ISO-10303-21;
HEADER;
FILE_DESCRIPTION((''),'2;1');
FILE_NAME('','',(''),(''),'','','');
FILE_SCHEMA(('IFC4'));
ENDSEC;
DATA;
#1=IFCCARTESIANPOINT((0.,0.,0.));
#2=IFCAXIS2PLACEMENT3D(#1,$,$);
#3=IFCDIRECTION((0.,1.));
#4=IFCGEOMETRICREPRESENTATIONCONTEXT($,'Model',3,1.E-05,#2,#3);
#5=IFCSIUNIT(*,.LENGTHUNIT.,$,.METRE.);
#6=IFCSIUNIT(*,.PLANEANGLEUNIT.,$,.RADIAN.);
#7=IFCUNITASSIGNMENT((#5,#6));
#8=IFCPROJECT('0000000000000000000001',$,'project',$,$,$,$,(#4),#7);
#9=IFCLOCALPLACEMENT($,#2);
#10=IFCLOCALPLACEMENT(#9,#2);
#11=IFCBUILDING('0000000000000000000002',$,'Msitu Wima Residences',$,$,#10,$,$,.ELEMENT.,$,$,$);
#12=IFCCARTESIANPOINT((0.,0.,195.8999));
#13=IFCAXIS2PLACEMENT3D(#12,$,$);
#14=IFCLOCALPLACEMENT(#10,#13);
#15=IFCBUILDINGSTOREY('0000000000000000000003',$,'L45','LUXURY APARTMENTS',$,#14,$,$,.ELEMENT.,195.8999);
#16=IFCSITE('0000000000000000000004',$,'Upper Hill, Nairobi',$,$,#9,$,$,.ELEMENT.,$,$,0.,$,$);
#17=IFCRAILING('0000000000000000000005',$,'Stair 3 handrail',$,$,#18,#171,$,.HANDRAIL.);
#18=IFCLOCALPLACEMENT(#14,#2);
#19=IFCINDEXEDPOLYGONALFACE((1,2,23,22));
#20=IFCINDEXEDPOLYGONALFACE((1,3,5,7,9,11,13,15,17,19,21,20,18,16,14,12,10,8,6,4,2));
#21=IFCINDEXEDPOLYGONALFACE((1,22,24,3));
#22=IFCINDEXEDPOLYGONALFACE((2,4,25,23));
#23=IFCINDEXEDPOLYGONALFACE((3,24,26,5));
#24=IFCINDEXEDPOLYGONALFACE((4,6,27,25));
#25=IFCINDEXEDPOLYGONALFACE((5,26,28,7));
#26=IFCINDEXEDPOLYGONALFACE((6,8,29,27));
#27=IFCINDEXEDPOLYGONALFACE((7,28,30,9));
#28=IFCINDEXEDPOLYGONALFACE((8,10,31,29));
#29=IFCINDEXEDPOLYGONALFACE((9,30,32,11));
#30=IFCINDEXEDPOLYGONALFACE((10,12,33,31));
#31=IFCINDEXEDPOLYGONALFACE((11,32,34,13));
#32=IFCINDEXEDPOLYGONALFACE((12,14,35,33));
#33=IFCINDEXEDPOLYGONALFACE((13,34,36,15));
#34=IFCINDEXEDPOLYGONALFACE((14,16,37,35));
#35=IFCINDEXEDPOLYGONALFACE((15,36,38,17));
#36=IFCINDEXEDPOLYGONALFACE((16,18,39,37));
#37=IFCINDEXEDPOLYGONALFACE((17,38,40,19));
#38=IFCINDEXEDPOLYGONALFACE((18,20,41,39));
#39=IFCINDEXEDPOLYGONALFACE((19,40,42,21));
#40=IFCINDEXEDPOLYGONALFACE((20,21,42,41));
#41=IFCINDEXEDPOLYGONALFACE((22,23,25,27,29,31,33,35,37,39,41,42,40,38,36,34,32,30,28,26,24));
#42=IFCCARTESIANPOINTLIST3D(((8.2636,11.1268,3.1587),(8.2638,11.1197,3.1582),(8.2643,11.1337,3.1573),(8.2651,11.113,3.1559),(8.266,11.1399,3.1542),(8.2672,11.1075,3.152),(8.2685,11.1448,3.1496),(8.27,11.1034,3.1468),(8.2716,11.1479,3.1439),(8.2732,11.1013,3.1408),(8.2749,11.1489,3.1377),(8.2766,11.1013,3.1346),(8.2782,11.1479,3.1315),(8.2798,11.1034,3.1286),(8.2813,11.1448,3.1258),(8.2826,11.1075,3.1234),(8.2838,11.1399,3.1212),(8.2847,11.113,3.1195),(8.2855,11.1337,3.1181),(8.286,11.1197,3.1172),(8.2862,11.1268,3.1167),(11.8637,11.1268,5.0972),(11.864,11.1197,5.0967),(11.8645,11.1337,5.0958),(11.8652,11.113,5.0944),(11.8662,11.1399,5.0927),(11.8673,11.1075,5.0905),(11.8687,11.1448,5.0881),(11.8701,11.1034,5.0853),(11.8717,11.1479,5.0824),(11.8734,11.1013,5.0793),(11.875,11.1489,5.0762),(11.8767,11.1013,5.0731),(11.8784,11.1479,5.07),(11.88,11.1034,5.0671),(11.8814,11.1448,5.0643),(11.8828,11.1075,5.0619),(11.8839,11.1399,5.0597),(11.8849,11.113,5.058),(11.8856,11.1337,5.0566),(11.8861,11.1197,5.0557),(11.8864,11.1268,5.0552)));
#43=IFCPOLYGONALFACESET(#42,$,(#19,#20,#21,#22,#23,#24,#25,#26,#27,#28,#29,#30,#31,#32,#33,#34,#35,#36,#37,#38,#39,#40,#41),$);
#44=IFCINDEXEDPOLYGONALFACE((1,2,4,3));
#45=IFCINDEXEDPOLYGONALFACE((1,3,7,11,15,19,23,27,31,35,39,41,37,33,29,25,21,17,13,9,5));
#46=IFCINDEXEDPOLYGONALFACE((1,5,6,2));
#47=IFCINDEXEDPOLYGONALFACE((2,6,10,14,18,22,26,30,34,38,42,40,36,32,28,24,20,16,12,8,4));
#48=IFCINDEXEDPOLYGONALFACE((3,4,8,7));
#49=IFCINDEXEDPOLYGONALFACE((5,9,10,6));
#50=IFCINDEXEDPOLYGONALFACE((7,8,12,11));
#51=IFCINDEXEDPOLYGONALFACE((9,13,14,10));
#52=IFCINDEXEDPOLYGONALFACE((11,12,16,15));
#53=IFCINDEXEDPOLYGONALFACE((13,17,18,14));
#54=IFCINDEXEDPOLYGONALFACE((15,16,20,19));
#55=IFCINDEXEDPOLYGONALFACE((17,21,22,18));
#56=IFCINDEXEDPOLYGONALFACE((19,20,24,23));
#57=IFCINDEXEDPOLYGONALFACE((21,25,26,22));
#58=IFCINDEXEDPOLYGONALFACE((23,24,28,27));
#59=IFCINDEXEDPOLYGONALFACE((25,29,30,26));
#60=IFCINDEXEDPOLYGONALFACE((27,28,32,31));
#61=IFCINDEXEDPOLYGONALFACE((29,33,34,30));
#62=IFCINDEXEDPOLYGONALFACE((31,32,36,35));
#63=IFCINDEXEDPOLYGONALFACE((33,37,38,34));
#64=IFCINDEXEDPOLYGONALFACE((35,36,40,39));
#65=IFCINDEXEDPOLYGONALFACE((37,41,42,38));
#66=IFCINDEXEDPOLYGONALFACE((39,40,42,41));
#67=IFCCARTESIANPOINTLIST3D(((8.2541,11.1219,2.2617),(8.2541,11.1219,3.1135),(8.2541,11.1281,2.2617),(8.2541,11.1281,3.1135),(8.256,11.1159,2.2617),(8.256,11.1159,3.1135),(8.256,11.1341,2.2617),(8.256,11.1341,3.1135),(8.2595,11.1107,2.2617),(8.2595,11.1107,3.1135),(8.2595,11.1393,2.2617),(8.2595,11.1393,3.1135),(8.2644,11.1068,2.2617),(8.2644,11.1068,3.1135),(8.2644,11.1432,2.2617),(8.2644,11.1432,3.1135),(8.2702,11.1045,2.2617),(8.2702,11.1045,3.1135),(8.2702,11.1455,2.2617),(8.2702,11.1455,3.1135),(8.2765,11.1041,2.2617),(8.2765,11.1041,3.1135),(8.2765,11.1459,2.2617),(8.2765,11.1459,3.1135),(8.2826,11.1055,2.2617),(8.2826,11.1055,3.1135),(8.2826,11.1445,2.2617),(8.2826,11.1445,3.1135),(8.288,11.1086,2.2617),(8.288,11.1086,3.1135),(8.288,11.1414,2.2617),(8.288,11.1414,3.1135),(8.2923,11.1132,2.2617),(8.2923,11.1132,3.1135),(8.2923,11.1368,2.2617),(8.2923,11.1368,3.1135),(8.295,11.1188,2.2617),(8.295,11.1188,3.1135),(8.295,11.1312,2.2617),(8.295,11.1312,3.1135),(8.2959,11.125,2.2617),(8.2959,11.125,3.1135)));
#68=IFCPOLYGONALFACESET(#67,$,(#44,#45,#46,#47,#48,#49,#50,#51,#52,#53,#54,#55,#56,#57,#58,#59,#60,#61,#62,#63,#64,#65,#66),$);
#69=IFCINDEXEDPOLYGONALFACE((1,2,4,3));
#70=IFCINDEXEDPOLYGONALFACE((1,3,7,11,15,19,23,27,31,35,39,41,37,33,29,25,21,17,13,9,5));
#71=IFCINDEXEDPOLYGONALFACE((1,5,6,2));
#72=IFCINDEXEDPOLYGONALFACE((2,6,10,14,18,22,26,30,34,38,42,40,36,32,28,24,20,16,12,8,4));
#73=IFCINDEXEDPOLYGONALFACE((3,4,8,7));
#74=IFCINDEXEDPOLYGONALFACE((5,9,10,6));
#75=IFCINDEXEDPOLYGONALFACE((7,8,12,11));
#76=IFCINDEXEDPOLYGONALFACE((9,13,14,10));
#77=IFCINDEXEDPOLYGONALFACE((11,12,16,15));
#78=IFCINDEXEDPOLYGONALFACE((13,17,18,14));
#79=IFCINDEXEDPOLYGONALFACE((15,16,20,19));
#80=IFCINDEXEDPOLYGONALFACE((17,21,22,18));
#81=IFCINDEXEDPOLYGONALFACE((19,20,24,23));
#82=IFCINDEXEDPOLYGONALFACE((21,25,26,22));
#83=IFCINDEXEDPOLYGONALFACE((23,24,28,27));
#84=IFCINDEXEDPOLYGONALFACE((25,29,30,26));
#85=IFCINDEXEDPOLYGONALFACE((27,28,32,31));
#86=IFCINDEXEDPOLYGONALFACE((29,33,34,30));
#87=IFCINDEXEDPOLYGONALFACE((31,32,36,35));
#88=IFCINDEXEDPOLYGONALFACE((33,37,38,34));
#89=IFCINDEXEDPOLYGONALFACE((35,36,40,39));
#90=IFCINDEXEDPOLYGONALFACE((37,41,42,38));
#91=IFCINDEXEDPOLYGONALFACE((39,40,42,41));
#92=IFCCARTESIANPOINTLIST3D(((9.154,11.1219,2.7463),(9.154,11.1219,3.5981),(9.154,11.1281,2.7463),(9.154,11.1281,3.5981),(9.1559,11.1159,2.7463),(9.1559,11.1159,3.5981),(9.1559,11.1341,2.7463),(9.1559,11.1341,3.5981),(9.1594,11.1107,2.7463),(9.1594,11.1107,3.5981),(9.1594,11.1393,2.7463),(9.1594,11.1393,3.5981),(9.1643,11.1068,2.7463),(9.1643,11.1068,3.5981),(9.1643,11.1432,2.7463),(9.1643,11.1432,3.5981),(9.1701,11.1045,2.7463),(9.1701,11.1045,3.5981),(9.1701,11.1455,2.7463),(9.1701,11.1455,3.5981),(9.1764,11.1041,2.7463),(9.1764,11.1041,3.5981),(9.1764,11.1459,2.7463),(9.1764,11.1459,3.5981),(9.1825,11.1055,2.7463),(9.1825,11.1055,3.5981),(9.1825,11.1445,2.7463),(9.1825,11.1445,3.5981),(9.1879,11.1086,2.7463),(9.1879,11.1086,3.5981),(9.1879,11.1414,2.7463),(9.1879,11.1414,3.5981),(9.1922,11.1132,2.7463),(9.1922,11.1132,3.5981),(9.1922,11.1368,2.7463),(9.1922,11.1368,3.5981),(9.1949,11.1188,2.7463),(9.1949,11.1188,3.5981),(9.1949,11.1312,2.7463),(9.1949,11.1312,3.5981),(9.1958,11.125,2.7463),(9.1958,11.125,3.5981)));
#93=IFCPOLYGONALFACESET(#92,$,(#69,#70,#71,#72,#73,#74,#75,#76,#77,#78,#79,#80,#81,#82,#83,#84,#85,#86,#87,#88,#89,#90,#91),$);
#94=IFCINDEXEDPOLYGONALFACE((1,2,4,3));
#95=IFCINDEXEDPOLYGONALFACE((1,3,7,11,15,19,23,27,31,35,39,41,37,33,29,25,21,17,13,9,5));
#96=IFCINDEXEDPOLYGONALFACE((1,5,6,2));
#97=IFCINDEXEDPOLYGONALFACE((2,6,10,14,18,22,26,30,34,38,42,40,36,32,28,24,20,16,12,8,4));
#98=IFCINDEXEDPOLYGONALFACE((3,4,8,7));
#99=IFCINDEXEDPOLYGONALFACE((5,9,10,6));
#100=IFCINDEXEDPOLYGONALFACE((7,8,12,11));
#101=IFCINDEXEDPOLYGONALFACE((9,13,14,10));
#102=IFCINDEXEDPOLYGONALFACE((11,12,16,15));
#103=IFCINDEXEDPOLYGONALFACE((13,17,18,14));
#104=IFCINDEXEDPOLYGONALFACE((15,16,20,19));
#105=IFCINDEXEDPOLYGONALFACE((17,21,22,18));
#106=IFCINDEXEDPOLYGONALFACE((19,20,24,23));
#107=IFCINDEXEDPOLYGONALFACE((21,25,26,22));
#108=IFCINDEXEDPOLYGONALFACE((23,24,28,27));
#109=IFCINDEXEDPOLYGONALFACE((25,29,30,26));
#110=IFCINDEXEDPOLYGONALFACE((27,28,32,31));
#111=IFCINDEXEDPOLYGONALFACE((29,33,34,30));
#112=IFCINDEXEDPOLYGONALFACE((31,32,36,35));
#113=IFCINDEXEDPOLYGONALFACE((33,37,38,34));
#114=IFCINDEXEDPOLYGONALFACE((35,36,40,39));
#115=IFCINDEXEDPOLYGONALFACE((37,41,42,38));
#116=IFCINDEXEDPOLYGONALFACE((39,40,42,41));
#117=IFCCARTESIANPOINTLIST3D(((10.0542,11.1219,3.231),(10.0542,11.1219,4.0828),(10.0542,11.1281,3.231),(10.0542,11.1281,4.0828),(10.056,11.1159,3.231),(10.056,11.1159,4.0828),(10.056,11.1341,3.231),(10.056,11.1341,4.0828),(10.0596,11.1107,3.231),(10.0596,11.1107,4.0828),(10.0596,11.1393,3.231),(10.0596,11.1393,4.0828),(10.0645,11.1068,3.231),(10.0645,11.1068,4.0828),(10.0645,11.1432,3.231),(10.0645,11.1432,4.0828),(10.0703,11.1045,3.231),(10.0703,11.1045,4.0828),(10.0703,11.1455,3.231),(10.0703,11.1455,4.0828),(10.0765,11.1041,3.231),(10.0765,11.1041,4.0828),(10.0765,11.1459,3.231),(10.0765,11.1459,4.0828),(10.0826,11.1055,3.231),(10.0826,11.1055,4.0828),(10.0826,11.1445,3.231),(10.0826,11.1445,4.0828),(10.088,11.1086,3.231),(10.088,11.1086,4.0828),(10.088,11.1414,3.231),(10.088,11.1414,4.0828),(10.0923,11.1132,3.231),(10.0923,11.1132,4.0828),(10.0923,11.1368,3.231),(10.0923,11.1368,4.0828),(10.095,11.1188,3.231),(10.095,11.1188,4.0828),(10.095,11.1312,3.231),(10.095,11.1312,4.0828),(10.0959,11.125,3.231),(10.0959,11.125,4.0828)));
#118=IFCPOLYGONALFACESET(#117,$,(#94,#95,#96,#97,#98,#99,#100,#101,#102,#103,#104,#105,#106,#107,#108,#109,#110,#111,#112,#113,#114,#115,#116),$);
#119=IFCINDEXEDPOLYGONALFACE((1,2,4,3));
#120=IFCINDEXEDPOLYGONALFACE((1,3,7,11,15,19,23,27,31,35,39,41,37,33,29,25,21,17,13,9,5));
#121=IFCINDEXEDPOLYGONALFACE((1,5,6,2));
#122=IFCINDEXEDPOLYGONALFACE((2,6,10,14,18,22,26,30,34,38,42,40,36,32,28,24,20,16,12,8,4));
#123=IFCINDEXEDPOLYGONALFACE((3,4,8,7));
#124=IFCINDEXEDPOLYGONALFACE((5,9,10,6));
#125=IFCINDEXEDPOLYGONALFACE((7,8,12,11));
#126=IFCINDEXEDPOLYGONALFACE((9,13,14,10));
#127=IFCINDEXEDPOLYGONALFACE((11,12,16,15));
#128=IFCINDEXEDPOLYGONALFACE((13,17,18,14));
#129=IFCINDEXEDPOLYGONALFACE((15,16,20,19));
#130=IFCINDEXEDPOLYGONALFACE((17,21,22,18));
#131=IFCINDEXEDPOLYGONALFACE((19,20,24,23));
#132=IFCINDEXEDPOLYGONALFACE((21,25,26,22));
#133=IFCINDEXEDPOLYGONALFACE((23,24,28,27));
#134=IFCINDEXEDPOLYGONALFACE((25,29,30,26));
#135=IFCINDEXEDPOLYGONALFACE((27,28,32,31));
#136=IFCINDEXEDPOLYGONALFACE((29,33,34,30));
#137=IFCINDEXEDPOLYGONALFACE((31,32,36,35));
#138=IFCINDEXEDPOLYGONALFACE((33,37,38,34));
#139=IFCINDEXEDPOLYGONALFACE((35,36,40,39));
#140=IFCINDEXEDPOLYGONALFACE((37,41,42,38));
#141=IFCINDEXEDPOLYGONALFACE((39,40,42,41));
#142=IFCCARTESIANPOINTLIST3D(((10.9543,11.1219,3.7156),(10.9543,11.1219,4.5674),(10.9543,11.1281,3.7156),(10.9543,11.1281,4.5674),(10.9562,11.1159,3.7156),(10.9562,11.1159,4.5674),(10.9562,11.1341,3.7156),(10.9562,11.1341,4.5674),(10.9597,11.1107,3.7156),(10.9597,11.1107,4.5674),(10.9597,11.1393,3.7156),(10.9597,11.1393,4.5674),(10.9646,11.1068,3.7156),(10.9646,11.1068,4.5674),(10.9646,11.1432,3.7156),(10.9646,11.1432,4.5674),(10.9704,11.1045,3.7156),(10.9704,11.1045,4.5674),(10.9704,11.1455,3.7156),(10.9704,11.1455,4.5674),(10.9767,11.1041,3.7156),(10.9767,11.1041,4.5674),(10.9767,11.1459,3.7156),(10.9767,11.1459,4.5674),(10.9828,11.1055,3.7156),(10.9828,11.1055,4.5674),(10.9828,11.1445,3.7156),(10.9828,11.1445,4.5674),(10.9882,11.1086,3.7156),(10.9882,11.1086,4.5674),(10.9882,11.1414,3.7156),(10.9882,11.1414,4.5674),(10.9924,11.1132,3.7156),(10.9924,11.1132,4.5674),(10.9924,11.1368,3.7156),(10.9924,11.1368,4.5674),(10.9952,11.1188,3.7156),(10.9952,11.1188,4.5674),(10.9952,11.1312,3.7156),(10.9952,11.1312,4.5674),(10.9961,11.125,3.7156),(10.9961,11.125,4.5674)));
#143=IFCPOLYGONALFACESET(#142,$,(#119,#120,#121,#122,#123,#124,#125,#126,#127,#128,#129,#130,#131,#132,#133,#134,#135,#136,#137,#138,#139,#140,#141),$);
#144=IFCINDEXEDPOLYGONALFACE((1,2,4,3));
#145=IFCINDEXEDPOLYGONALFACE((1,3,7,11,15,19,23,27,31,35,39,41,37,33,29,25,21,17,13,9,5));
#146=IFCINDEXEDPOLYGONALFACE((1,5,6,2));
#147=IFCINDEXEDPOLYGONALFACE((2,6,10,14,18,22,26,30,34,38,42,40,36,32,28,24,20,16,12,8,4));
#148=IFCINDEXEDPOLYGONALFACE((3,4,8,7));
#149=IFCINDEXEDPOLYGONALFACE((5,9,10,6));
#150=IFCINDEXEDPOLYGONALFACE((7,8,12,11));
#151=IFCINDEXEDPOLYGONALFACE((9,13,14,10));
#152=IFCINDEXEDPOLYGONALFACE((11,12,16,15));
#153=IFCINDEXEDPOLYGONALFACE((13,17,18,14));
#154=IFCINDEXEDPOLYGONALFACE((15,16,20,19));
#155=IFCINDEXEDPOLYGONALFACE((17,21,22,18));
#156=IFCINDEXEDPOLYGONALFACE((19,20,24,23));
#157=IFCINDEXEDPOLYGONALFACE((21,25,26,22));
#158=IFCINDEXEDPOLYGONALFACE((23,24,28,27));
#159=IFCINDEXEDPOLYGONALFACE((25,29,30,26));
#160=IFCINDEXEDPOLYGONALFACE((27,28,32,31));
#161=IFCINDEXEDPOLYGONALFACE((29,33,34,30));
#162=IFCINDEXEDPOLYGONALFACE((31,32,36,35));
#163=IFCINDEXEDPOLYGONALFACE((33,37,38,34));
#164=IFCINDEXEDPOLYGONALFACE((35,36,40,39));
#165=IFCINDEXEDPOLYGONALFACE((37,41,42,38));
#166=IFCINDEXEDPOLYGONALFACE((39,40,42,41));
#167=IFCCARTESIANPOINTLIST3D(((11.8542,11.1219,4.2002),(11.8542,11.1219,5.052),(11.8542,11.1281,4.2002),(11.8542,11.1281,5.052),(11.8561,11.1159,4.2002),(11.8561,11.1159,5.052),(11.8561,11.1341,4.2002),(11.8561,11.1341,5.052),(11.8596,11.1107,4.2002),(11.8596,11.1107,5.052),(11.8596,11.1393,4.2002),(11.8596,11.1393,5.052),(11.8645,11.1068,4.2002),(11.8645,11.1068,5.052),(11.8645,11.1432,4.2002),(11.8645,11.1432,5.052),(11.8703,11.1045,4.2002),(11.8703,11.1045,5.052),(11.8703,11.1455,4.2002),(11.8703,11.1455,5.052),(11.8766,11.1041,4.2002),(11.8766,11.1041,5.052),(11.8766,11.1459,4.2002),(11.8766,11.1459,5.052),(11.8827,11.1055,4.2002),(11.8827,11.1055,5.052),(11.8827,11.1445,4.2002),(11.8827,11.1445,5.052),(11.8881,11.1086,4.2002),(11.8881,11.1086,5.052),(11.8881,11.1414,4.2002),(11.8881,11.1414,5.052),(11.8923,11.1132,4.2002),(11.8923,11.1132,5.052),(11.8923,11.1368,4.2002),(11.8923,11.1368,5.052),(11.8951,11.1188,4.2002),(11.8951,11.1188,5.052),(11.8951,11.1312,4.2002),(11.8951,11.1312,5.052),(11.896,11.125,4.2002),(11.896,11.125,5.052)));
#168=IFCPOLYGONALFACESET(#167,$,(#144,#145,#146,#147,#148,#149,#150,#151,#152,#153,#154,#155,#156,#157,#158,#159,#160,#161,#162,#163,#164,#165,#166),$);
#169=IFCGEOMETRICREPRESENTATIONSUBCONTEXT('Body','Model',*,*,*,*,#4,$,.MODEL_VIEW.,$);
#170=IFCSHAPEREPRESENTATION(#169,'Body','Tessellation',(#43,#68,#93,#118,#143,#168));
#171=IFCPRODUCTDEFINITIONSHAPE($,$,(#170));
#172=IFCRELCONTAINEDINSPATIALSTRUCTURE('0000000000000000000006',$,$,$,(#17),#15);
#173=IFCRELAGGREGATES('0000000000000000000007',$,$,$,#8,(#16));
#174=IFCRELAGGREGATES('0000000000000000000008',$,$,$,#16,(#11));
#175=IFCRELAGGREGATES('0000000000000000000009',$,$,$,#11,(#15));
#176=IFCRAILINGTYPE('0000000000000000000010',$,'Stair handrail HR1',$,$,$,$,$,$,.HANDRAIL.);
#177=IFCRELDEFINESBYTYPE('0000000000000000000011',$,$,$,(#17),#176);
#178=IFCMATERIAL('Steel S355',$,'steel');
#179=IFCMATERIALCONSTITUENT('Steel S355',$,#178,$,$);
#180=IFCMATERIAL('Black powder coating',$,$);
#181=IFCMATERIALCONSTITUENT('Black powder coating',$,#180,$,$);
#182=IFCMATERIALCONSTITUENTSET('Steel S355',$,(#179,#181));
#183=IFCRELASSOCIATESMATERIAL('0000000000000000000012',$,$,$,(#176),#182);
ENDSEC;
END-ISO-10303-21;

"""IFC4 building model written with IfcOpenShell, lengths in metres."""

from ifc_helpers import new_model, si_unit, direction, frame, origin, origin_2d, place, context, subcontext, project, spatial, circle, extrude, material, constituent, constituent_set, type_object, element, save


model = new_model("IFC4")

# Units and contexts
model_context = context("Model", 3, precision=1e-05, world=origin(), true_north=direction((0.0, 1.0)))
body_context = subcontext(model_context, "Body", "Model", "MODEL_VIEW")
ifc_project = project(units=[si_unit("LENGTHUNIT", "METRE"), si_unit("PLANEANGLEUNIT", "RADIAN")], contexts=[model_context])

# Site, building, storey
site_placement = place(None, origin())
site = spatial("IfcSite", under=ifc_project, at=site_placement, Name="Upper Hill, Nairobi", CompositionType="ELEMENT", RefElevation=0.0)
building_placement = place(site_placement, origin())
building = spatial("IfcBuilding", under=site, at=building_placement, Name="Msitu Wima Residences", CompositionType="ELEMENT")
storey_placement = place(building_placement, frame((0.0, 0.0, 195.8999)))
storey = spatial("IfcBuildingStorey", under=building, at=storey_placement, Name="L45", Description="LUXURY APARTMENTS", CompositionType="ELEMENT", Elevation=195.8999)

# Railing
ifc_material_1 = material(Name="Steel S355", Category="steel")
ifc_constituent_1 = constituent(ifc_material_1, Name="Steel S355")
ifc_material_2 = material(Name="Black powder coating")
ifc_constituent_2 = constituent(ifc_material_2, Name="Black powder coating")
ifc_constituent_set = constituent_set(constituents=[ifc_constituent_1, ifc_constituent_2], Name="Steel S355")
railing_type = type_object("IfcRailingType", Name="Stair handrail HR1", PredefinedType="HANDRAIL", material=ifc_constituent_set)
for number, where, name in (
    (1, (8.2749, 11.125, 2.2617), "Stair 3 handrail"),
):
    element("IfcRailing", number, at=place(storey_placement, frame(where)), inside=storey, type_object=railing_type, Name=name, PredefinedType="HANDRAIL", context=body_context, shape_type="SweptSolid", body=[
        extrude(circle(Radius=0.0239, at=origin_2d()), frame((0.0, 0.0, 0.876), z_axis=(0.880475, 0.0, 0.474093), x_axis=(0.0, 1.0, 0.0)), (0.0, 0.0, 1.0), 4.0889),
        extrude(circle(Radius=0.021, at=origin_2d()), origin(), (0.0, 0.0, 1.0), 0.8518),
        extrude(circle(Radius=0.021, at=origin_2d()), frame((0.8999, 0.0, 0.4846)), (0.0, 0.0, 1.0), 0.8518),
        extrude(circle(Radius=0.021, at=origin_2d()), frame((1.8, 0.0, 0.9692)), (0.0, 0.0, 1.0), 0.8518),
        extrude(circle(Radius=0.021, at=origin_2d()), frame((2.7002, 0.0, 1.4539)), (0.0, 0.0, 1.0), 0.8518),
        extrude(circle(Radius=0.021, at=origin_2d()), frame((3.6001, 0.0, 1.9385)), (0.0, 0.0, 1.0), 0.8518),
    ])

save(model, "model.ifc")
